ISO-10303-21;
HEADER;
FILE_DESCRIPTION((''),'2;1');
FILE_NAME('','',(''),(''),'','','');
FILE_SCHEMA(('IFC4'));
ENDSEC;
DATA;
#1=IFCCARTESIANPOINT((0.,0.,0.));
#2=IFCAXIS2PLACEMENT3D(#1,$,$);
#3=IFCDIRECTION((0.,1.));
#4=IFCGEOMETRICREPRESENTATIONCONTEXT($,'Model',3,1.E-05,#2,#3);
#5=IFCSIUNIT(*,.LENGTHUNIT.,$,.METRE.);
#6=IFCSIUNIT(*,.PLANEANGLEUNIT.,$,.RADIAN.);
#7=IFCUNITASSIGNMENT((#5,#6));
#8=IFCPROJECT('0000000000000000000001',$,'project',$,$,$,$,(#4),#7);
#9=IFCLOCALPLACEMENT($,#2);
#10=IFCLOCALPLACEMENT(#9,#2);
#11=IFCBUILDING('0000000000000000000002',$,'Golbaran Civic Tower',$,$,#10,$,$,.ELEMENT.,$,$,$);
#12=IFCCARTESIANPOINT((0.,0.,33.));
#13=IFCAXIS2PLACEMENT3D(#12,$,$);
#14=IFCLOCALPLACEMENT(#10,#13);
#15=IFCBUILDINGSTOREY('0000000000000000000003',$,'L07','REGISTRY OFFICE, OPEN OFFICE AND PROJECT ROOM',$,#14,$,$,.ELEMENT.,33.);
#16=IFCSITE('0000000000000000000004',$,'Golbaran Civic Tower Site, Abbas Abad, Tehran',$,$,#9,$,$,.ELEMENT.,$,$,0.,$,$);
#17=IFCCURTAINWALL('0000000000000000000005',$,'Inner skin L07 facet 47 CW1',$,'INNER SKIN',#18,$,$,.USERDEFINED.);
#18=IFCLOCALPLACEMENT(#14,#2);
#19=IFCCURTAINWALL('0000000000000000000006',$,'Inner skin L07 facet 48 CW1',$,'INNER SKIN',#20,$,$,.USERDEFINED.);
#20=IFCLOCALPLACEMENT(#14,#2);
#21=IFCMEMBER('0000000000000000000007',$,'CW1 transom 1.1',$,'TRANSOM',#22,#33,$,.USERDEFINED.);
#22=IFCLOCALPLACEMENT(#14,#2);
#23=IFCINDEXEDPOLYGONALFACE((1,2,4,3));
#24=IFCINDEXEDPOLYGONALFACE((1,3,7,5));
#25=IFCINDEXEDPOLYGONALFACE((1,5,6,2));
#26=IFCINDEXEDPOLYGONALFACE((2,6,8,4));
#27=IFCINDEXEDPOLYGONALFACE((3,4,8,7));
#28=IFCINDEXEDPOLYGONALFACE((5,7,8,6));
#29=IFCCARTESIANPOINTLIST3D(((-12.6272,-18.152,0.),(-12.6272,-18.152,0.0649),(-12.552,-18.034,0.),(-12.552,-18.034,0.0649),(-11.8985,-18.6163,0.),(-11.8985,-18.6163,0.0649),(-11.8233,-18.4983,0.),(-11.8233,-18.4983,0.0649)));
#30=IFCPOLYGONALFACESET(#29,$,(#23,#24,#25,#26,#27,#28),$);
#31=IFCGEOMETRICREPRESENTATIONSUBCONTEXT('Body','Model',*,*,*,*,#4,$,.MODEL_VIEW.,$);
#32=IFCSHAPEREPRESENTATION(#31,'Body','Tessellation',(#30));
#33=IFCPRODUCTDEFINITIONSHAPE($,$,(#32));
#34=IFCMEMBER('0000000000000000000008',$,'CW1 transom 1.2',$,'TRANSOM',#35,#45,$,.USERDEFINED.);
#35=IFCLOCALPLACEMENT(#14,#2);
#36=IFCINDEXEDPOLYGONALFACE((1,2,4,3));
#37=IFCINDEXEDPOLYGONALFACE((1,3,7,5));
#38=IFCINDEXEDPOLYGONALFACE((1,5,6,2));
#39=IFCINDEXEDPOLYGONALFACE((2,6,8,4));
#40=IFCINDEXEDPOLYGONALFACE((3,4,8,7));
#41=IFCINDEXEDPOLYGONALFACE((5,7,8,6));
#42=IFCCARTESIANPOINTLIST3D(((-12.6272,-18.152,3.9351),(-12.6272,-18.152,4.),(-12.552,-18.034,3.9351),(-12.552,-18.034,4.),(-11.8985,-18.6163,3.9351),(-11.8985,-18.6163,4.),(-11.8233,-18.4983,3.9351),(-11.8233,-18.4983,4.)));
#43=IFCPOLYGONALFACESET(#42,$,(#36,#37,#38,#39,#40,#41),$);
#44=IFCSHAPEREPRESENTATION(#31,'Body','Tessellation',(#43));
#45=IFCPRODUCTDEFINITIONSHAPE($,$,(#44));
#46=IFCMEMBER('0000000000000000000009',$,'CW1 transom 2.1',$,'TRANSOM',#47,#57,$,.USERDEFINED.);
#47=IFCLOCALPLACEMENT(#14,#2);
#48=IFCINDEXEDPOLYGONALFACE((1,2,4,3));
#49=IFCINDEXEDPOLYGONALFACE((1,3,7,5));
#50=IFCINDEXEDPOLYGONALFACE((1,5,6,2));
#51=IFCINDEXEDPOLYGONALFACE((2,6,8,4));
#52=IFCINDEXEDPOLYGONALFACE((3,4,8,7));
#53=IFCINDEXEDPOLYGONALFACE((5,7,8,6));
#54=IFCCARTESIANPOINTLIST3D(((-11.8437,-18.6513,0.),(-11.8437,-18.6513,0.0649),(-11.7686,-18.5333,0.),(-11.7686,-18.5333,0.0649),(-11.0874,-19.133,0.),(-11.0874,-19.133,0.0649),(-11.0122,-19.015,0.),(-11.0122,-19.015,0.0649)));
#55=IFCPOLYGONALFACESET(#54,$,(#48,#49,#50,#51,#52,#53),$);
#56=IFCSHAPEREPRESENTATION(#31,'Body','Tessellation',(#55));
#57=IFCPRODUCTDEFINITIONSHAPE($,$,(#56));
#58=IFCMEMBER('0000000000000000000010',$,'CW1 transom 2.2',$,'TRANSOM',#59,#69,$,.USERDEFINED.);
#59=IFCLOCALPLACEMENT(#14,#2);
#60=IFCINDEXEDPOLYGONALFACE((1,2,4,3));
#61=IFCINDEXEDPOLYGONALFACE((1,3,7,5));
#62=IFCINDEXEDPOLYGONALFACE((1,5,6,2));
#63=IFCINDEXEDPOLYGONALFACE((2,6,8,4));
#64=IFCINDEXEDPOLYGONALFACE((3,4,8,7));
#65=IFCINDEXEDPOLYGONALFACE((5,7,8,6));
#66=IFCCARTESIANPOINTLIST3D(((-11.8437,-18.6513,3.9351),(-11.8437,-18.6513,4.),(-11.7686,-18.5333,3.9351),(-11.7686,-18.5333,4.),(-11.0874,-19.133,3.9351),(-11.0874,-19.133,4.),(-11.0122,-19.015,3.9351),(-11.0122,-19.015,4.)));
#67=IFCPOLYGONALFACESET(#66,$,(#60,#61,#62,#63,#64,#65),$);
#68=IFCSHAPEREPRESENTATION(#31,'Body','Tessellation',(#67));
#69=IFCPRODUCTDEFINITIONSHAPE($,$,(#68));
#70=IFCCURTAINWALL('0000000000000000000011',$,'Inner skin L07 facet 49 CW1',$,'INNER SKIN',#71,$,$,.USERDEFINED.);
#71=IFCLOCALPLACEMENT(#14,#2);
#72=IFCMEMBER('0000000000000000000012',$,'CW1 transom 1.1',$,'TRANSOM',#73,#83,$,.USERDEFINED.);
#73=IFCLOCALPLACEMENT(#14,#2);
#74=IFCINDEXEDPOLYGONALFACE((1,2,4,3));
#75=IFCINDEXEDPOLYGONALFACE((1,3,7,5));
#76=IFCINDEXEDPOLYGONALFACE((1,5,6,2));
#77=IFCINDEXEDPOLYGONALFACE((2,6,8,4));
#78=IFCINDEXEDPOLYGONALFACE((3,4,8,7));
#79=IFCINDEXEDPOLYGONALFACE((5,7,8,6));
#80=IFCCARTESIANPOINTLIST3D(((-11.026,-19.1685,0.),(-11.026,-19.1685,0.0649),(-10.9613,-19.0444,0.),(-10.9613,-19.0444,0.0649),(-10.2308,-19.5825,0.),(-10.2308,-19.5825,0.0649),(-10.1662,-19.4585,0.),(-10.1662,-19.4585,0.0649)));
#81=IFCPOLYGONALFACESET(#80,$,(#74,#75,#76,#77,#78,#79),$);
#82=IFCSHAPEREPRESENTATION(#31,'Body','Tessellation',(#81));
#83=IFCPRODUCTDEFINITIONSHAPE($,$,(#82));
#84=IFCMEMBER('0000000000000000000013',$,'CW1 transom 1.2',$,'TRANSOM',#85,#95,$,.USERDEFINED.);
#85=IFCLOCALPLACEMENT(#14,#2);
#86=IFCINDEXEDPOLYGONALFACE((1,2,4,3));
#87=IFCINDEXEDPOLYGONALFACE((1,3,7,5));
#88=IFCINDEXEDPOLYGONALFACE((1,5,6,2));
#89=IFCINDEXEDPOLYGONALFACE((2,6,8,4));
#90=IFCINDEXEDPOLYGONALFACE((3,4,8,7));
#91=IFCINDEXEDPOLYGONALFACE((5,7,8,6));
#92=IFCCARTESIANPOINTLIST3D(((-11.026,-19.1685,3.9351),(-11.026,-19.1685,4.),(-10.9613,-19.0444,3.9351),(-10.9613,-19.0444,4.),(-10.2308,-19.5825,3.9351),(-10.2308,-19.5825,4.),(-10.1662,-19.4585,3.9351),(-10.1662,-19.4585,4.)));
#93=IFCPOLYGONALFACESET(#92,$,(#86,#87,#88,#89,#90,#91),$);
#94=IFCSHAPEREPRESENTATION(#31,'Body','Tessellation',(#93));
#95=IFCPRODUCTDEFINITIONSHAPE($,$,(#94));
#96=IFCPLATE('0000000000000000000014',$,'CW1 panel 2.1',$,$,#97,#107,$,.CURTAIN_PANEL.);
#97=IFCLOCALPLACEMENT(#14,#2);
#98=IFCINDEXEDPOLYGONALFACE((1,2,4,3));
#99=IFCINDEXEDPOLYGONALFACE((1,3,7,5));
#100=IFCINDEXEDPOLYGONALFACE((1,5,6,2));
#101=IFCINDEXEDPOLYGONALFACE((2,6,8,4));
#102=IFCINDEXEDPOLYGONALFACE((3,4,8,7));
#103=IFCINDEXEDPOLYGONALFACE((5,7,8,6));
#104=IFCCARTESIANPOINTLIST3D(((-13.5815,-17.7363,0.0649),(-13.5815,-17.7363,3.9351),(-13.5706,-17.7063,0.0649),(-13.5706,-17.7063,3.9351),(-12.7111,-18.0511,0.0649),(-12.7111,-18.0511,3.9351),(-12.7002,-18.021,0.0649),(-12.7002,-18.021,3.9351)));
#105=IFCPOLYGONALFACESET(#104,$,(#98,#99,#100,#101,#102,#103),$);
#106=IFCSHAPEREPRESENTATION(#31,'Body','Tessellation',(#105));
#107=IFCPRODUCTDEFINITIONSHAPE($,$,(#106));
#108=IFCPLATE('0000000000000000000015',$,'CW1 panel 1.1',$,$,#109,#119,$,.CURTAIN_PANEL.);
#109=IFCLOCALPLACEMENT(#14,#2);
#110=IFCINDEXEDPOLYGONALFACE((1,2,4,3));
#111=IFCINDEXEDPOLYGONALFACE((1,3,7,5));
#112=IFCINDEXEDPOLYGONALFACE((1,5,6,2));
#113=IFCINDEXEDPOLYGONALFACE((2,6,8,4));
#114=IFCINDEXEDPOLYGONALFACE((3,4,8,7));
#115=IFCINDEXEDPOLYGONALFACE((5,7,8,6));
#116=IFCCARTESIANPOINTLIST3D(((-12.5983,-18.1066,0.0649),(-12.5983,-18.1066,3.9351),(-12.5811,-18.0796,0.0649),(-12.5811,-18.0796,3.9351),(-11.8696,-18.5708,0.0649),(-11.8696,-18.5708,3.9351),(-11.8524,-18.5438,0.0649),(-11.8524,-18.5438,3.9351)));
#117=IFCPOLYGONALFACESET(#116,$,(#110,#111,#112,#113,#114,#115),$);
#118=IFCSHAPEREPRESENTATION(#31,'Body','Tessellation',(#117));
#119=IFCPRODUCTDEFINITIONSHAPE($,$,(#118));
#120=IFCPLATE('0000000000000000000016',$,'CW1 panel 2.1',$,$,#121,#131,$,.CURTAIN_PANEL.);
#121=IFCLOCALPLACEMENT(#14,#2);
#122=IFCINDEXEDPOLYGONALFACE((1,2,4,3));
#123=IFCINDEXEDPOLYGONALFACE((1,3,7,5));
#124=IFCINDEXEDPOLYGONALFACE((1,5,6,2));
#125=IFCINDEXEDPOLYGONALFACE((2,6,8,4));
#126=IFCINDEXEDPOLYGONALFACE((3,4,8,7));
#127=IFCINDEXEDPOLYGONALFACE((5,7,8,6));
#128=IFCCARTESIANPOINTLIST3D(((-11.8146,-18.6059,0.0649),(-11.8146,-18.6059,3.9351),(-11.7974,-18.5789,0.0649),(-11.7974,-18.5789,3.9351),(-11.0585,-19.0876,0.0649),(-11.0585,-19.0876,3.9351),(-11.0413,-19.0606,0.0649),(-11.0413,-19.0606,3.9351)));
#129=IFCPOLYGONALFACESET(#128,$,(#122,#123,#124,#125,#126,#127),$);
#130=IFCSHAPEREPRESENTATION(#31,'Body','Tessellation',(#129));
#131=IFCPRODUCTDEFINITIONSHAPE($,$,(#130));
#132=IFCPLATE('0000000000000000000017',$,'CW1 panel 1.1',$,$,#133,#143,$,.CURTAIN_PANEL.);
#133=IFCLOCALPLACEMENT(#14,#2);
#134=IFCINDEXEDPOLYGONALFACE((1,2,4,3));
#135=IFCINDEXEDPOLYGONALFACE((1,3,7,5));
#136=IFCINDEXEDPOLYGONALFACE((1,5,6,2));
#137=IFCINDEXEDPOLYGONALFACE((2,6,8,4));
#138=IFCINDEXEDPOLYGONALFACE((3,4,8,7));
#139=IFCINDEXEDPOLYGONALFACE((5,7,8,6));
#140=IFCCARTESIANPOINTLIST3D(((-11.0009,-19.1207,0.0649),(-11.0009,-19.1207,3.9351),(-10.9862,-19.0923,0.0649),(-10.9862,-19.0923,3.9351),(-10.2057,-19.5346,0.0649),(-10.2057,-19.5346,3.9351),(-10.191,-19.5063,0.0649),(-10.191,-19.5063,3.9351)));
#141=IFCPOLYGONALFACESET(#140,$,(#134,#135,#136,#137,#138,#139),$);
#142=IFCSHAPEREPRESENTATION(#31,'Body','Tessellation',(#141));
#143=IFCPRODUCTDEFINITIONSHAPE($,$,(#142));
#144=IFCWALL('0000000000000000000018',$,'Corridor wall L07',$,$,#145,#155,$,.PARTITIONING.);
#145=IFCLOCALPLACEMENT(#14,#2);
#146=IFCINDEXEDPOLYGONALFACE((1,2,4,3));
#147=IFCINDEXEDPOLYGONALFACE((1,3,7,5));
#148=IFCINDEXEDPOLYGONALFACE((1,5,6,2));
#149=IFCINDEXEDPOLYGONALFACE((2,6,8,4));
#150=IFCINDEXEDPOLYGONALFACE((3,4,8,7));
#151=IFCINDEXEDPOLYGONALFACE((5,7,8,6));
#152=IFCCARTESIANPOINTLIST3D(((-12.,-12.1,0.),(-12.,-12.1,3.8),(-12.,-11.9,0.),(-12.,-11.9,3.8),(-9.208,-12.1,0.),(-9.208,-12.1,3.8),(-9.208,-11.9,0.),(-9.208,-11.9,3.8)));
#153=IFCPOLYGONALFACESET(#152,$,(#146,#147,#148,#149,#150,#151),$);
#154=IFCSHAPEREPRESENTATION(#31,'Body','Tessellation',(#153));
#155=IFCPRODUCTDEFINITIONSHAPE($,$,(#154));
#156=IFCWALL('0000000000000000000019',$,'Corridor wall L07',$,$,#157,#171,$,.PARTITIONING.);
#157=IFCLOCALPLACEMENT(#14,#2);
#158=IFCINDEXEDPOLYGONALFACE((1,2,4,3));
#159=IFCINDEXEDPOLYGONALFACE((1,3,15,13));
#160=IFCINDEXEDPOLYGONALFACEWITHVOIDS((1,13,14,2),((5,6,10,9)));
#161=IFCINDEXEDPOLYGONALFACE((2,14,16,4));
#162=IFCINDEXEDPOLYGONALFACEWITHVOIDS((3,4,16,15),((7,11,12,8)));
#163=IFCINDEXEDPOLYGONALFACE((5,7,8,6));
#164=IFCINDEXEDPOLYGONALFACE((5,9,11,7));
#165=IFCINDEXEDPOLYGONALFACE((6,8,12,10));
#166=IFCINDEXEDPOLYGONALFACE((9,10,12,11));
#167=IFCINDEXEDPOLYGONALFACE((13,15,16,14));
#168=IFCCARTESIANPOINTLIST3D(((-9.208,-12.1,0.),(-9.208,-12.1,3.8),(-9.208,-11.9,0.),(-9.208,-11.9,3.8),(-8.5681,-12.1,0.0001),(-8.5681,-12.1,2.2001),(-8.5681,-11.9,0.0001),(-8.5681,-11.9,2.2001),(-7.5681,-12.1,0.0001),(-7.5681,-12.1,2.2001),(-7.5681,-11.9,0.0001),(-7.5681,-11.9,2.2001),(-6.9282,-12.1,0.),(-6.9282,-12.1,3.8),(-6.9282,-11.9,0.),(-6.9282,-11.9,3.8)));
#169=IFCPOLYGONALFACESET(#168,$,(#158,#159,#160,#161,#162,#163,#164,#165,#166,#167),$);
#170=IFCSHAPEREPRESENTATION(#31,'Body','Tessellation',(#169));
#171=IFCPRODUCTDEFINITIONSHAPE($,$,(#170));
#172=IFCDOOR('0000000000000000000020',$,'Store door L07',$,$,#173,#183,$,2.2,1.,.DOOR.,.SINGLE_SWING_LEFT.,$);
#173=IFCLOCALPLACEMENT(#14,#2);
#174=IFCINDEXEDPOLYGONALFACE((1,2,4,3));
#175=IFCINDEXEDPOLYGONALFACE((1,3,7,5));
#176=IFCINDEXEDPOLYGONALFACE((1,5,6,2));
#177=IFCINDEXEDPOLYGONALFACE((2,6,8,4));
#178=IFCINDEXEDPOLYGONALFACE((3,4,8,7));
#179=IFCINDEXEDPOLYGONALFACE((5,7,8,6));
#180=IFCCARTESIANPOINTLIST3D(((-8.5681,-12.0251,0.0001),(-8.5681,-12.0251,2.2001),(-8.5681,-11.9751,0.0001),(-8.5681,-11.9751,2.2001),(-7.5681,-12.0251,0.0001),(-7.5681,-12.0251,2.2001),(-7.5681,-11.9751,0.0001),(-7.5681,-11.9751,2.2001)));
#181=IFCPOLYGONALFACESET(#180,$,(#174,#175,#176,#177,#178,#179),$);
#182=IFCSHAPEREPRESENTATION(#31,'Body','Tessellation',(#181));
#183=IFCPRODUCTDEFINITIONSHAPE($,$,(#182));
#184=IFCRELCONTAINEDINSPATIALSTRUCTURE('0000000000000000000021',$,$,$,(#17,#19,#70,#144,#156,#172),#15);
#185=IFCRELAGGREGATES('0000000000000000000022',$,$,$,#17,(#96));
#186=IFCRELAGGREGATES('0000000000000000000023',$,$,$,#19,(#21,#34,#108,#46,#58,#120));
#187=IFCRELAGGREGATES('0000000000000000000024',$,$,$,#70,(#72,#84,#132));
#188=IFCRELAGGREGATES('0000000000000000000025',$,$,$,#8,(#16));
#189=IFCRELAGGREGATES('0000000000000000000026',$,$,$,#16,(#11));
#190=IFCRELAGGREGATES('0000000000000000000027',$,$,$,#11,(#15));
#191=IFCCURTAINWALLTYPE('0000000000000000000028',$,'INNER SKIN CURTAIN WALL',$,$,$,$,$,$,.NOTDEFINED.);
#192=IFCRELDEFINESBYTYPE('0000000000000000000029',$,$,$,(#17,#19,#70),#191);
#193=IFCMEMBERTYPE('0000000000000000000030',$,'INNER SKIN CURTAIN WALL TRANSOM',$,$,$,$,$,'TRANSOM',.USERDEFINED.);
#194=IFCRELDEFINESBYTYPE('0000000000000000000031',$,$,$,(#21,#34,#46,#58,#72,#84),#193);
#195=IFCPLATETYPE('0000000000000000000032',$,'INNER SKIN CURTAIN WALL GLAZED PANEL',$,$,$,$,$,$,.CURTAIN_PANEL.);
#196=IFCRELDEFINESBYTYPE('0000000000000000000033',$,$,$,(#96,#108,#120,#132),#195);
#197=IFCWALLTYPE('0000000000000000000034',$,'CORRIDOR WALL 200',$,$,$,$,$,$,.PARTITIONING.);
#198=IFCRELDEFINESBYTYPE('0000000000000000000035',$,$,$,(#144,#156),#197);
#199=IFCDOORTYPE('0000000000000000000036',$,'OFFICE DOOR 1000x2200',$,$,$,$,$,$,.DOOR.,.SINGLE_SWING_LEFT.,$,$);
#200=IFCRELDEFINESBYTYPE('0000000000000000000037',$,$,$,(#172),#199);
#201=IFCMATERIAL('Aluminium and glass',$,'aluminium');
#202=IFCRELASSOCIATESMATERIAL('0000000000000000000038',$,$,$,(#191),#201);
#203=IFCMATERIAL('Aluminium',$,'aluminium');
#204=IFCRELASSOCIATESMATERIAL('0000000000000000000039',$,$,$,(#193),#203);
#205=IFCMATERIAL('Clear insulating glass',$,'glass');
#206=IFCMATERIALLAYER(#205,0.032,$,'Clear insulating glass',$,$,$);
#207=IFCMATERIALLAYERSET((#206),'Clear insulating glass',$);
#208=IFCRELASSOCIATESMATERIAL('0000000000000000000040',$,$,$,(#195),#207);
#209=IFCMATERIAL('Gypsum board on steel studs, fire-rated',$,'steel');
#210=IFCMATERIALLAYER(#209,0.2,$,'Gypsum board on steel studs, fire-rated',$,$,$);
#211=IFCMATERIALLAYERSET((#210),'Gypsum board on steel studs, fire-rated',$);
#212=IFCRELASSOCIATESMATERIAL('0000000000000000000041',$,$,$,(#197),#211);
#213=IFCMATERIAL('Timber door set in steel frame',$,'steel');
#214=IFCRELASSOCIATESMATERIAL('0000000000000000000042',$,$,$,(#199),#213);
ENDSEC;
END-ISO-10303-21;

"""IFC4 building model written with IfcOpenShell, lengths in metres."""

from ifc_helpers import new_model, si_unit, direction, frame, frame_2d, origin, origin_2d, place, context, subcontext, project, spatial, rectangle, extrude, material, layer, layer_set, material_profile, profile_set, type_object, element, fill, aggregate, save


model = new_model("IFC4")

# Units and contexts
model_context = context("Model", 3, precision=1e-05, world=origin(), true_north=direction((0.0, 1.0)))
body_context = subcontext(model_context, "Body", "Model", "MODEL_VIEW")
ifc_project = project(units=[si_unit("LENGTHUNIT", "METRE"), si_unit("PLANEANGLEUNIT", "RADIAN")], contexts=[model_context])

# Site, building, storey
site_placement = place(None, origin())
site = spatial("IfcSite", under=ifc_project, at=site_placement, Name="Golbaran Civic Tower Site, Abbas Abad, Tehran", CompositionType="ELEMENT", RefElevation=0.0)
building_placement = place(site_placement, origin())
building = spatial("IfcBuilding", under=site, at=building_placement, Name="Golbaran Civic Tower", CompositionType="ELEMENT")
storey_placement = place(building_placement, frame((0.0, 0.0, 33.0)))
storey = spatial("IfcBuildingStorey", under=building, at=storey_placement, Name="L07", Description="REGISTRY OFFICE, OPEN OFFICE AND PROJECT ROOM", CompositionType="ELEMENT", Elevation=33.0)

# Curtain walls
ifc_material_1 = material(Name="Aluminium and glass", Category="aluminium")
curtain_wall_type = type_object("IfcCurtainWallType", Name="INNER SKIN CURTAIN WALL", PredefinedType="NOTDEFINED", material=ifc_material_1)
curtain_wall_1_placement = place(storey_placement, origin())
curtain_wall_1 = element("IfcCurtainWall", 1, at=curtain_wall_1_placement, inside=storey, type_object=curtain_wall_type, Name="Inner skin L07 facet 47 CW1", ObjectType="INNER SKIN", PredefinedType="USERDEFINED")
ifc_material_2 = material(Name="Aluminium", Category="aluminium")
curtain_wall_2_placement = place(storey_placement, origin())
curtain_wall_2 = element("IfcCurtainWall", 2, at=curtain_wall_2_placement, inside=storey, type_object=curtain_wall_type, Name="Inner skin L07 facet 48 CW1", ObjectType="INNER SKIN", PredefinedType="USERDEFINED")

# Members
ifc_material_profile_1 = material_profile(ifc_material_2, rectangle(XDim=0.1399, YDim=0.0649, at=origin_2d()), Name="INNER SKIN CURTAIN WALL TRANSOM")
ifc_profile_set_1 = profile_set([ifc_material_profile_1], Name="Aluminium")
member_type_1 = type_object("IfcMemberType", Name="INNER SKIN CURTAIN WALL TRANSOM", ElementType="TRANSOM", PredefinedType="USERDEFINED", material=ifc_profile_set_1)
member_1_placement = place(storey_placement, frame((-12.5896, -18.093, 0.0325), z_axis=(0.843347, -0.537369, 0.0), x_axis=(0.537369, 0.843347, 0.0)))
member_1 = element("IfcMember", 3, at=member_1_placement, type_object=member_type_1, Name="CW1 transom 1.1", ObjectType="TRANSOM", PredefinedType="USERDEFINED", context=body_context, shape_type="SweptSolid", body=[
    extrude(rectangle(XDim=0.1399, YDim=0.0649, at=origin_2d()), origin(), (0.0, 0.0, 1.0), 0.864),
])
member_2_placement = place(storey_placement, frame((-12.5896, -18.093, 3.9675), z_axis=(0.843347, -0.537369, 0.0), x_axis=(0.537369, 0.843347, 0.0)))
member_2 = element("IfcMember", 4, at=member_2_placement, type_object=member_type_1, Name="CW1 transom 1.2", ObjectType="TRANSOM", PredefinedType="USERDEFINED", context=body_context, shape_type="SweptSolid", body=[
    extrude(rectangle(XDim=0.1399, YDim=0.0649, at=origin_2d()), origin(), (0.0, 0.0, 1.0), 0.864),
])
member_3_placement = place(storey_placement, frame((-11.8062, -18.5923, 0.0325), z_axis=(0.843471, -0.537175, 0.0), x_axis=(0.537175, 0.843471, 0.0)))
member_3 = element("IfcMember", 5, at=member_3_placement, type_object=member_type_1, Name="CW1 transom 2.1", ObjectType="TRANSOM", PredefinedType="USERDEFINED", context=body_context, shape_type="SweptSolid", body=[
    extrude(rectangle(XDim=0.1399, YDim=0.0649, at=origin_2d()), origin(), (0.0, 0.0, 1.0), 0.8967),
])
member_4_placement = place(storey_placement, frame((-11.8062, -18.5923, 3.9675), z_axis=(0.843471, -0.537175, 0.0), x_axis=(0.537175, 0.843471, 0.0)))
member_4 = element("IfcMember", 6, at=member_4_placement, type_object=member_type_1, Name="CW1 transom 2.2", ObjectType="TRANSOM", PredefinedType="USERDEFINED", context=body_context, shape_type="SweptSolid", body=[
    extrude(rectangle(XDim=0.1399, YDim=0.0649, at=origin_2d()), origin(), (0.0, 0.0, 1.0), 0.8967),
])

# Curtain wall, members
curtain_wall_3_placement = place(storey_placement, origin())
curtain_wall_3 = element("IfcCurtainWall", 7, at=curtain_wall_3_placement, inside=storey, type_object=curtain_wall_type, Name="Inner skin L07 facet 49 CW1", ObjectType="INNER SKIN", PredefinedType="USERDEFINED")
member_5_placement = place(storey_placement, frame((-10.9937, -19.1064, 0.0325), z_axis=(0.886954, -0.461859, 0.0), x_axis=(0.461859, 0.886954, 0.0)))
member_5 = element("IfcMember", 8, at=member_5_placement, type_object=member_type_1, Name="CW1 transom 1.1", ObjectType="TRANSOM", PredefinedType="USERDEFINED", context=body_context, shape_type="SweptSolid", body=[
    extrude(rectangle(XDim=0.1399, YDim=0.0649, at=origin_2d()), origin(), (0.0, 0.0, 1.0), 0.8965),
])
member_6_placement = place(storey_placement, frame((-10.9937, -19.1064, 3.9675), z_axis=(0.886954, -0.461859, 0.0), x_axis=(0.461859, 0.886954, 0.0)))
member_6 = element("IfcMember", 9, at=member_6_placement, type_object=member_type_1, Name="CW1 transom 1.2", ObjectType="TRANSOM", PredefinedType="USERDEFINED", context=body_context, shape_type="SweptSolid", body=[
    extrude(rectangle(XDim=0.1399, YDim=0.0649, at=origin_2d()), origin(), (0.0, 0.0, 1.0), 0.8965),
])

# Plates
ifc_material_3 = material(Name="Clear insulating glass", Category="glass")
ifc_layer_1 = layer(ifc_material_3, 0.032, Name="Clear insulating glass")
ifc_layer_set_1 = layer_set([ifc_layer_1], Name="Clear insulating glass")
plate_type = type_object("IfcPlateType", Name="INNER SKIN CURTAIN WALL GLAZED PANEL", PredefinedType="CURTAIN_PANEL", material=ifc_layer_set_1)
plate_1_placement = place(storey_placement, frame((-13.1409, -17.8787, 0.0649), z_axis=(0.0, 0.0, 1.0), x_axis=(0.940409, -0.340045, 0.0)))
plate_1 = element("IfcPlate", 10, at=plate_1_placement, type_object=plate_type, Name="CW1 panel 2.1", PredefinedType="CURTAIN_PANEL", context=body_context, shape_type="SweptSolid", body=[
    extrude(rectangle(XDim=0.9255, YDim=0.032, at=origin_2d()), origin(), (0.0, 0.0, 1.0), 3.8701),
])
aggregate(curtain_wall_1, [plate_1])
plate_2_placement = place(storey_placement, frame((-12.2253, -18.3252, 0.0649), z_axis=(0.0, 0.0, 1.0), x_axis=(0.843391, -0.5373, 0.0)))
plate_2 = element("IfcPlate", 11, at=plate_2_placement, type_object=plate_type, Name="CW1 panel 1.1", PredefinedType="CURTAIN_PANEL", context=body_context, shape_type="SweptSolid", body=[
    extrude(rectangle(XDim=0.864, YDim=0.032, at=origin_2d()), origin(), (0.0, 0.0, 1.0), 3.8701),
])
plate_3_placement = place(storey_placement, frame((-11.428, -18.8333, 0.0649), z_axis=(0.0, 0.0, 1.0), x_axis=(0.843391, -0.5373, 0.0)))
plate_3 = element("IfcPlate", 12, at=plate_3_placement, type_object=plate_type, Name="CW1 panel 2.1", PredefinedType="CURTAIN_PANEL", context=body_context, shape_type="SweptSolid", body=[
    extrude(rectangle(XDim=0.8965, YDim=0.032, at=origin_2d()), origin(), (0.0, 0.0, 1.0), 3.8701),
])
aggregate(curtain_wall_2, [member_1, member_2, plate_2, member_3, member_4, plate_3])
plate_4_placement = place(storey_placement, frame((-10.5959, -19.3135, 0.0649), z_axis=(0.0, 0.0, 1.0), x_axis=(0.887011, -0.461749, 0.0)))
plate_4 = element("IfcPlate", 13, at=plate_4_placement, type_object=plate_type, Name="CW1 panel 1.1", PredefinedType="CURTAIN_PANEL", context=body_context, shape_type="SweptSolid", body=[
    extrude(rectangle(XDim=0.8965, YDim=0.032, at=origin_2d()), origin(), (0.0, 0.0, 1.0), 3.8701),
])
aggregate(curtain_wall_3, [member_5, member_6, plate_4])

# Wall
ifc_material_4 = material(Name="Gypsum board on steel studs, fire-rated", Category="steel")
ifc_layer_2 = layer(ifc_material_4, 0.2, Name="Gypsum board on steel studs, fire-rated")
ifc_layer_set_2 = layer_set([ifc_layer_2], Name="Gypsum board on steel studs, fire-rated")
wall_type_1 = type_object("IfcWallType", Name="CORRIDOR WALL 200", PredefinedType="PARTITIONING", material=ifc_layer_set_2)
wall_1_placement = place(storey_placement, frame((-12.0, -12.0, 0.0), z_axis=(0.0, 0.0, 1.0), x_axis=(1.0, 0.0, 0.0)))
element("IfcWall", 14, at=wall_1_placement, inside=storey, type_object=wall_type_1, Name="Corridor wall L07", PredefinedType="PARTITIONING", context=body_context, shape_type="SweptSolid", body=[
    extrude(rectangle(XDim=2.792, YDim=0.2, at=frame_2d((1.396, 0.0))), origin(), (0.0, 0.0, 1.0), 3.8),
])

# Wall, opening, door
wall_2_placement = place(storey_placement, frame((-9.208, -12.0, 0.0), z_axis=(0.0, 0.0, 1.0), x_axis=(1.0, 0.0, 0.0)))
wall_2 = element("IfcWall", 15, at=wall_2_placement, inside=storey, type_object=wall_type_1, Name="Corridor wall L07", PredefinedType="PARTITIONING", context=body_context, shape_type="SweptSolid", body=[
    extrude(rectangle(XDim=2.2798, YDim=0.2, at=frame_2d((1.1399, 0.0))), origin(), (0.0, 0.0, 1.0), 3.8),
])
opening_1_placement = place(wall_2_placement, frame((0.6399, 0.0, 0.0)))
opening_1 = element("IfcOpeningElement", 16, at=opening_1_placement, cuts=wall_2, PredefinedType="OPENING", context=body_context, shape_type="SweptSolid", body=[
    extrude(rectangle(XDim=1.0, YDim=2.2, at=frame_2d((0.5, 1.1001))), frame((0.0, 0.1099, 0.0), z_axis=(0.0, -1.0, 0.0), x_axis=(1.0, 0.0, 0.0)), (0.0, 0.0, 1.0), 0.22),
])
ifc_material_5 = material(Name="Timber door set in steel frame", Category="steel")
door_type = type_object("IfcDoorType", Name="OFFICE DOOR 1000x2200", OperationType="SINGLE_SWING_LEFT", PredefinedType="DOOR", material=ifc_material_5)
door_1_placement = place(opening_1_placement, origin())
door_1 = element("IfcDoor", 17, at=door_1_placement, inside=storey, type_object=door_type, Name="Store door L07", OperationType="SINGLE_SWING_LEFT", OverallHeight=2.2, OverallWidth=1.0, PredefinedType="DOOR", context=body_context, shape_type="SweptSolid", body=[
    extrude(rectangle(XDim=1.0, YDim=2.2, at=frame_2d((0.5, 1.1001))), frame((0.0, 0.0249, 0.0), z_axis=(0.0, -1.0, 0.0), x_axis=(1.0, 0.0, 0.0)), (0.0, 0.0, 1.0), 0.05),
])
fill(opening_1, door_1)

save(model, "model.ifc")
